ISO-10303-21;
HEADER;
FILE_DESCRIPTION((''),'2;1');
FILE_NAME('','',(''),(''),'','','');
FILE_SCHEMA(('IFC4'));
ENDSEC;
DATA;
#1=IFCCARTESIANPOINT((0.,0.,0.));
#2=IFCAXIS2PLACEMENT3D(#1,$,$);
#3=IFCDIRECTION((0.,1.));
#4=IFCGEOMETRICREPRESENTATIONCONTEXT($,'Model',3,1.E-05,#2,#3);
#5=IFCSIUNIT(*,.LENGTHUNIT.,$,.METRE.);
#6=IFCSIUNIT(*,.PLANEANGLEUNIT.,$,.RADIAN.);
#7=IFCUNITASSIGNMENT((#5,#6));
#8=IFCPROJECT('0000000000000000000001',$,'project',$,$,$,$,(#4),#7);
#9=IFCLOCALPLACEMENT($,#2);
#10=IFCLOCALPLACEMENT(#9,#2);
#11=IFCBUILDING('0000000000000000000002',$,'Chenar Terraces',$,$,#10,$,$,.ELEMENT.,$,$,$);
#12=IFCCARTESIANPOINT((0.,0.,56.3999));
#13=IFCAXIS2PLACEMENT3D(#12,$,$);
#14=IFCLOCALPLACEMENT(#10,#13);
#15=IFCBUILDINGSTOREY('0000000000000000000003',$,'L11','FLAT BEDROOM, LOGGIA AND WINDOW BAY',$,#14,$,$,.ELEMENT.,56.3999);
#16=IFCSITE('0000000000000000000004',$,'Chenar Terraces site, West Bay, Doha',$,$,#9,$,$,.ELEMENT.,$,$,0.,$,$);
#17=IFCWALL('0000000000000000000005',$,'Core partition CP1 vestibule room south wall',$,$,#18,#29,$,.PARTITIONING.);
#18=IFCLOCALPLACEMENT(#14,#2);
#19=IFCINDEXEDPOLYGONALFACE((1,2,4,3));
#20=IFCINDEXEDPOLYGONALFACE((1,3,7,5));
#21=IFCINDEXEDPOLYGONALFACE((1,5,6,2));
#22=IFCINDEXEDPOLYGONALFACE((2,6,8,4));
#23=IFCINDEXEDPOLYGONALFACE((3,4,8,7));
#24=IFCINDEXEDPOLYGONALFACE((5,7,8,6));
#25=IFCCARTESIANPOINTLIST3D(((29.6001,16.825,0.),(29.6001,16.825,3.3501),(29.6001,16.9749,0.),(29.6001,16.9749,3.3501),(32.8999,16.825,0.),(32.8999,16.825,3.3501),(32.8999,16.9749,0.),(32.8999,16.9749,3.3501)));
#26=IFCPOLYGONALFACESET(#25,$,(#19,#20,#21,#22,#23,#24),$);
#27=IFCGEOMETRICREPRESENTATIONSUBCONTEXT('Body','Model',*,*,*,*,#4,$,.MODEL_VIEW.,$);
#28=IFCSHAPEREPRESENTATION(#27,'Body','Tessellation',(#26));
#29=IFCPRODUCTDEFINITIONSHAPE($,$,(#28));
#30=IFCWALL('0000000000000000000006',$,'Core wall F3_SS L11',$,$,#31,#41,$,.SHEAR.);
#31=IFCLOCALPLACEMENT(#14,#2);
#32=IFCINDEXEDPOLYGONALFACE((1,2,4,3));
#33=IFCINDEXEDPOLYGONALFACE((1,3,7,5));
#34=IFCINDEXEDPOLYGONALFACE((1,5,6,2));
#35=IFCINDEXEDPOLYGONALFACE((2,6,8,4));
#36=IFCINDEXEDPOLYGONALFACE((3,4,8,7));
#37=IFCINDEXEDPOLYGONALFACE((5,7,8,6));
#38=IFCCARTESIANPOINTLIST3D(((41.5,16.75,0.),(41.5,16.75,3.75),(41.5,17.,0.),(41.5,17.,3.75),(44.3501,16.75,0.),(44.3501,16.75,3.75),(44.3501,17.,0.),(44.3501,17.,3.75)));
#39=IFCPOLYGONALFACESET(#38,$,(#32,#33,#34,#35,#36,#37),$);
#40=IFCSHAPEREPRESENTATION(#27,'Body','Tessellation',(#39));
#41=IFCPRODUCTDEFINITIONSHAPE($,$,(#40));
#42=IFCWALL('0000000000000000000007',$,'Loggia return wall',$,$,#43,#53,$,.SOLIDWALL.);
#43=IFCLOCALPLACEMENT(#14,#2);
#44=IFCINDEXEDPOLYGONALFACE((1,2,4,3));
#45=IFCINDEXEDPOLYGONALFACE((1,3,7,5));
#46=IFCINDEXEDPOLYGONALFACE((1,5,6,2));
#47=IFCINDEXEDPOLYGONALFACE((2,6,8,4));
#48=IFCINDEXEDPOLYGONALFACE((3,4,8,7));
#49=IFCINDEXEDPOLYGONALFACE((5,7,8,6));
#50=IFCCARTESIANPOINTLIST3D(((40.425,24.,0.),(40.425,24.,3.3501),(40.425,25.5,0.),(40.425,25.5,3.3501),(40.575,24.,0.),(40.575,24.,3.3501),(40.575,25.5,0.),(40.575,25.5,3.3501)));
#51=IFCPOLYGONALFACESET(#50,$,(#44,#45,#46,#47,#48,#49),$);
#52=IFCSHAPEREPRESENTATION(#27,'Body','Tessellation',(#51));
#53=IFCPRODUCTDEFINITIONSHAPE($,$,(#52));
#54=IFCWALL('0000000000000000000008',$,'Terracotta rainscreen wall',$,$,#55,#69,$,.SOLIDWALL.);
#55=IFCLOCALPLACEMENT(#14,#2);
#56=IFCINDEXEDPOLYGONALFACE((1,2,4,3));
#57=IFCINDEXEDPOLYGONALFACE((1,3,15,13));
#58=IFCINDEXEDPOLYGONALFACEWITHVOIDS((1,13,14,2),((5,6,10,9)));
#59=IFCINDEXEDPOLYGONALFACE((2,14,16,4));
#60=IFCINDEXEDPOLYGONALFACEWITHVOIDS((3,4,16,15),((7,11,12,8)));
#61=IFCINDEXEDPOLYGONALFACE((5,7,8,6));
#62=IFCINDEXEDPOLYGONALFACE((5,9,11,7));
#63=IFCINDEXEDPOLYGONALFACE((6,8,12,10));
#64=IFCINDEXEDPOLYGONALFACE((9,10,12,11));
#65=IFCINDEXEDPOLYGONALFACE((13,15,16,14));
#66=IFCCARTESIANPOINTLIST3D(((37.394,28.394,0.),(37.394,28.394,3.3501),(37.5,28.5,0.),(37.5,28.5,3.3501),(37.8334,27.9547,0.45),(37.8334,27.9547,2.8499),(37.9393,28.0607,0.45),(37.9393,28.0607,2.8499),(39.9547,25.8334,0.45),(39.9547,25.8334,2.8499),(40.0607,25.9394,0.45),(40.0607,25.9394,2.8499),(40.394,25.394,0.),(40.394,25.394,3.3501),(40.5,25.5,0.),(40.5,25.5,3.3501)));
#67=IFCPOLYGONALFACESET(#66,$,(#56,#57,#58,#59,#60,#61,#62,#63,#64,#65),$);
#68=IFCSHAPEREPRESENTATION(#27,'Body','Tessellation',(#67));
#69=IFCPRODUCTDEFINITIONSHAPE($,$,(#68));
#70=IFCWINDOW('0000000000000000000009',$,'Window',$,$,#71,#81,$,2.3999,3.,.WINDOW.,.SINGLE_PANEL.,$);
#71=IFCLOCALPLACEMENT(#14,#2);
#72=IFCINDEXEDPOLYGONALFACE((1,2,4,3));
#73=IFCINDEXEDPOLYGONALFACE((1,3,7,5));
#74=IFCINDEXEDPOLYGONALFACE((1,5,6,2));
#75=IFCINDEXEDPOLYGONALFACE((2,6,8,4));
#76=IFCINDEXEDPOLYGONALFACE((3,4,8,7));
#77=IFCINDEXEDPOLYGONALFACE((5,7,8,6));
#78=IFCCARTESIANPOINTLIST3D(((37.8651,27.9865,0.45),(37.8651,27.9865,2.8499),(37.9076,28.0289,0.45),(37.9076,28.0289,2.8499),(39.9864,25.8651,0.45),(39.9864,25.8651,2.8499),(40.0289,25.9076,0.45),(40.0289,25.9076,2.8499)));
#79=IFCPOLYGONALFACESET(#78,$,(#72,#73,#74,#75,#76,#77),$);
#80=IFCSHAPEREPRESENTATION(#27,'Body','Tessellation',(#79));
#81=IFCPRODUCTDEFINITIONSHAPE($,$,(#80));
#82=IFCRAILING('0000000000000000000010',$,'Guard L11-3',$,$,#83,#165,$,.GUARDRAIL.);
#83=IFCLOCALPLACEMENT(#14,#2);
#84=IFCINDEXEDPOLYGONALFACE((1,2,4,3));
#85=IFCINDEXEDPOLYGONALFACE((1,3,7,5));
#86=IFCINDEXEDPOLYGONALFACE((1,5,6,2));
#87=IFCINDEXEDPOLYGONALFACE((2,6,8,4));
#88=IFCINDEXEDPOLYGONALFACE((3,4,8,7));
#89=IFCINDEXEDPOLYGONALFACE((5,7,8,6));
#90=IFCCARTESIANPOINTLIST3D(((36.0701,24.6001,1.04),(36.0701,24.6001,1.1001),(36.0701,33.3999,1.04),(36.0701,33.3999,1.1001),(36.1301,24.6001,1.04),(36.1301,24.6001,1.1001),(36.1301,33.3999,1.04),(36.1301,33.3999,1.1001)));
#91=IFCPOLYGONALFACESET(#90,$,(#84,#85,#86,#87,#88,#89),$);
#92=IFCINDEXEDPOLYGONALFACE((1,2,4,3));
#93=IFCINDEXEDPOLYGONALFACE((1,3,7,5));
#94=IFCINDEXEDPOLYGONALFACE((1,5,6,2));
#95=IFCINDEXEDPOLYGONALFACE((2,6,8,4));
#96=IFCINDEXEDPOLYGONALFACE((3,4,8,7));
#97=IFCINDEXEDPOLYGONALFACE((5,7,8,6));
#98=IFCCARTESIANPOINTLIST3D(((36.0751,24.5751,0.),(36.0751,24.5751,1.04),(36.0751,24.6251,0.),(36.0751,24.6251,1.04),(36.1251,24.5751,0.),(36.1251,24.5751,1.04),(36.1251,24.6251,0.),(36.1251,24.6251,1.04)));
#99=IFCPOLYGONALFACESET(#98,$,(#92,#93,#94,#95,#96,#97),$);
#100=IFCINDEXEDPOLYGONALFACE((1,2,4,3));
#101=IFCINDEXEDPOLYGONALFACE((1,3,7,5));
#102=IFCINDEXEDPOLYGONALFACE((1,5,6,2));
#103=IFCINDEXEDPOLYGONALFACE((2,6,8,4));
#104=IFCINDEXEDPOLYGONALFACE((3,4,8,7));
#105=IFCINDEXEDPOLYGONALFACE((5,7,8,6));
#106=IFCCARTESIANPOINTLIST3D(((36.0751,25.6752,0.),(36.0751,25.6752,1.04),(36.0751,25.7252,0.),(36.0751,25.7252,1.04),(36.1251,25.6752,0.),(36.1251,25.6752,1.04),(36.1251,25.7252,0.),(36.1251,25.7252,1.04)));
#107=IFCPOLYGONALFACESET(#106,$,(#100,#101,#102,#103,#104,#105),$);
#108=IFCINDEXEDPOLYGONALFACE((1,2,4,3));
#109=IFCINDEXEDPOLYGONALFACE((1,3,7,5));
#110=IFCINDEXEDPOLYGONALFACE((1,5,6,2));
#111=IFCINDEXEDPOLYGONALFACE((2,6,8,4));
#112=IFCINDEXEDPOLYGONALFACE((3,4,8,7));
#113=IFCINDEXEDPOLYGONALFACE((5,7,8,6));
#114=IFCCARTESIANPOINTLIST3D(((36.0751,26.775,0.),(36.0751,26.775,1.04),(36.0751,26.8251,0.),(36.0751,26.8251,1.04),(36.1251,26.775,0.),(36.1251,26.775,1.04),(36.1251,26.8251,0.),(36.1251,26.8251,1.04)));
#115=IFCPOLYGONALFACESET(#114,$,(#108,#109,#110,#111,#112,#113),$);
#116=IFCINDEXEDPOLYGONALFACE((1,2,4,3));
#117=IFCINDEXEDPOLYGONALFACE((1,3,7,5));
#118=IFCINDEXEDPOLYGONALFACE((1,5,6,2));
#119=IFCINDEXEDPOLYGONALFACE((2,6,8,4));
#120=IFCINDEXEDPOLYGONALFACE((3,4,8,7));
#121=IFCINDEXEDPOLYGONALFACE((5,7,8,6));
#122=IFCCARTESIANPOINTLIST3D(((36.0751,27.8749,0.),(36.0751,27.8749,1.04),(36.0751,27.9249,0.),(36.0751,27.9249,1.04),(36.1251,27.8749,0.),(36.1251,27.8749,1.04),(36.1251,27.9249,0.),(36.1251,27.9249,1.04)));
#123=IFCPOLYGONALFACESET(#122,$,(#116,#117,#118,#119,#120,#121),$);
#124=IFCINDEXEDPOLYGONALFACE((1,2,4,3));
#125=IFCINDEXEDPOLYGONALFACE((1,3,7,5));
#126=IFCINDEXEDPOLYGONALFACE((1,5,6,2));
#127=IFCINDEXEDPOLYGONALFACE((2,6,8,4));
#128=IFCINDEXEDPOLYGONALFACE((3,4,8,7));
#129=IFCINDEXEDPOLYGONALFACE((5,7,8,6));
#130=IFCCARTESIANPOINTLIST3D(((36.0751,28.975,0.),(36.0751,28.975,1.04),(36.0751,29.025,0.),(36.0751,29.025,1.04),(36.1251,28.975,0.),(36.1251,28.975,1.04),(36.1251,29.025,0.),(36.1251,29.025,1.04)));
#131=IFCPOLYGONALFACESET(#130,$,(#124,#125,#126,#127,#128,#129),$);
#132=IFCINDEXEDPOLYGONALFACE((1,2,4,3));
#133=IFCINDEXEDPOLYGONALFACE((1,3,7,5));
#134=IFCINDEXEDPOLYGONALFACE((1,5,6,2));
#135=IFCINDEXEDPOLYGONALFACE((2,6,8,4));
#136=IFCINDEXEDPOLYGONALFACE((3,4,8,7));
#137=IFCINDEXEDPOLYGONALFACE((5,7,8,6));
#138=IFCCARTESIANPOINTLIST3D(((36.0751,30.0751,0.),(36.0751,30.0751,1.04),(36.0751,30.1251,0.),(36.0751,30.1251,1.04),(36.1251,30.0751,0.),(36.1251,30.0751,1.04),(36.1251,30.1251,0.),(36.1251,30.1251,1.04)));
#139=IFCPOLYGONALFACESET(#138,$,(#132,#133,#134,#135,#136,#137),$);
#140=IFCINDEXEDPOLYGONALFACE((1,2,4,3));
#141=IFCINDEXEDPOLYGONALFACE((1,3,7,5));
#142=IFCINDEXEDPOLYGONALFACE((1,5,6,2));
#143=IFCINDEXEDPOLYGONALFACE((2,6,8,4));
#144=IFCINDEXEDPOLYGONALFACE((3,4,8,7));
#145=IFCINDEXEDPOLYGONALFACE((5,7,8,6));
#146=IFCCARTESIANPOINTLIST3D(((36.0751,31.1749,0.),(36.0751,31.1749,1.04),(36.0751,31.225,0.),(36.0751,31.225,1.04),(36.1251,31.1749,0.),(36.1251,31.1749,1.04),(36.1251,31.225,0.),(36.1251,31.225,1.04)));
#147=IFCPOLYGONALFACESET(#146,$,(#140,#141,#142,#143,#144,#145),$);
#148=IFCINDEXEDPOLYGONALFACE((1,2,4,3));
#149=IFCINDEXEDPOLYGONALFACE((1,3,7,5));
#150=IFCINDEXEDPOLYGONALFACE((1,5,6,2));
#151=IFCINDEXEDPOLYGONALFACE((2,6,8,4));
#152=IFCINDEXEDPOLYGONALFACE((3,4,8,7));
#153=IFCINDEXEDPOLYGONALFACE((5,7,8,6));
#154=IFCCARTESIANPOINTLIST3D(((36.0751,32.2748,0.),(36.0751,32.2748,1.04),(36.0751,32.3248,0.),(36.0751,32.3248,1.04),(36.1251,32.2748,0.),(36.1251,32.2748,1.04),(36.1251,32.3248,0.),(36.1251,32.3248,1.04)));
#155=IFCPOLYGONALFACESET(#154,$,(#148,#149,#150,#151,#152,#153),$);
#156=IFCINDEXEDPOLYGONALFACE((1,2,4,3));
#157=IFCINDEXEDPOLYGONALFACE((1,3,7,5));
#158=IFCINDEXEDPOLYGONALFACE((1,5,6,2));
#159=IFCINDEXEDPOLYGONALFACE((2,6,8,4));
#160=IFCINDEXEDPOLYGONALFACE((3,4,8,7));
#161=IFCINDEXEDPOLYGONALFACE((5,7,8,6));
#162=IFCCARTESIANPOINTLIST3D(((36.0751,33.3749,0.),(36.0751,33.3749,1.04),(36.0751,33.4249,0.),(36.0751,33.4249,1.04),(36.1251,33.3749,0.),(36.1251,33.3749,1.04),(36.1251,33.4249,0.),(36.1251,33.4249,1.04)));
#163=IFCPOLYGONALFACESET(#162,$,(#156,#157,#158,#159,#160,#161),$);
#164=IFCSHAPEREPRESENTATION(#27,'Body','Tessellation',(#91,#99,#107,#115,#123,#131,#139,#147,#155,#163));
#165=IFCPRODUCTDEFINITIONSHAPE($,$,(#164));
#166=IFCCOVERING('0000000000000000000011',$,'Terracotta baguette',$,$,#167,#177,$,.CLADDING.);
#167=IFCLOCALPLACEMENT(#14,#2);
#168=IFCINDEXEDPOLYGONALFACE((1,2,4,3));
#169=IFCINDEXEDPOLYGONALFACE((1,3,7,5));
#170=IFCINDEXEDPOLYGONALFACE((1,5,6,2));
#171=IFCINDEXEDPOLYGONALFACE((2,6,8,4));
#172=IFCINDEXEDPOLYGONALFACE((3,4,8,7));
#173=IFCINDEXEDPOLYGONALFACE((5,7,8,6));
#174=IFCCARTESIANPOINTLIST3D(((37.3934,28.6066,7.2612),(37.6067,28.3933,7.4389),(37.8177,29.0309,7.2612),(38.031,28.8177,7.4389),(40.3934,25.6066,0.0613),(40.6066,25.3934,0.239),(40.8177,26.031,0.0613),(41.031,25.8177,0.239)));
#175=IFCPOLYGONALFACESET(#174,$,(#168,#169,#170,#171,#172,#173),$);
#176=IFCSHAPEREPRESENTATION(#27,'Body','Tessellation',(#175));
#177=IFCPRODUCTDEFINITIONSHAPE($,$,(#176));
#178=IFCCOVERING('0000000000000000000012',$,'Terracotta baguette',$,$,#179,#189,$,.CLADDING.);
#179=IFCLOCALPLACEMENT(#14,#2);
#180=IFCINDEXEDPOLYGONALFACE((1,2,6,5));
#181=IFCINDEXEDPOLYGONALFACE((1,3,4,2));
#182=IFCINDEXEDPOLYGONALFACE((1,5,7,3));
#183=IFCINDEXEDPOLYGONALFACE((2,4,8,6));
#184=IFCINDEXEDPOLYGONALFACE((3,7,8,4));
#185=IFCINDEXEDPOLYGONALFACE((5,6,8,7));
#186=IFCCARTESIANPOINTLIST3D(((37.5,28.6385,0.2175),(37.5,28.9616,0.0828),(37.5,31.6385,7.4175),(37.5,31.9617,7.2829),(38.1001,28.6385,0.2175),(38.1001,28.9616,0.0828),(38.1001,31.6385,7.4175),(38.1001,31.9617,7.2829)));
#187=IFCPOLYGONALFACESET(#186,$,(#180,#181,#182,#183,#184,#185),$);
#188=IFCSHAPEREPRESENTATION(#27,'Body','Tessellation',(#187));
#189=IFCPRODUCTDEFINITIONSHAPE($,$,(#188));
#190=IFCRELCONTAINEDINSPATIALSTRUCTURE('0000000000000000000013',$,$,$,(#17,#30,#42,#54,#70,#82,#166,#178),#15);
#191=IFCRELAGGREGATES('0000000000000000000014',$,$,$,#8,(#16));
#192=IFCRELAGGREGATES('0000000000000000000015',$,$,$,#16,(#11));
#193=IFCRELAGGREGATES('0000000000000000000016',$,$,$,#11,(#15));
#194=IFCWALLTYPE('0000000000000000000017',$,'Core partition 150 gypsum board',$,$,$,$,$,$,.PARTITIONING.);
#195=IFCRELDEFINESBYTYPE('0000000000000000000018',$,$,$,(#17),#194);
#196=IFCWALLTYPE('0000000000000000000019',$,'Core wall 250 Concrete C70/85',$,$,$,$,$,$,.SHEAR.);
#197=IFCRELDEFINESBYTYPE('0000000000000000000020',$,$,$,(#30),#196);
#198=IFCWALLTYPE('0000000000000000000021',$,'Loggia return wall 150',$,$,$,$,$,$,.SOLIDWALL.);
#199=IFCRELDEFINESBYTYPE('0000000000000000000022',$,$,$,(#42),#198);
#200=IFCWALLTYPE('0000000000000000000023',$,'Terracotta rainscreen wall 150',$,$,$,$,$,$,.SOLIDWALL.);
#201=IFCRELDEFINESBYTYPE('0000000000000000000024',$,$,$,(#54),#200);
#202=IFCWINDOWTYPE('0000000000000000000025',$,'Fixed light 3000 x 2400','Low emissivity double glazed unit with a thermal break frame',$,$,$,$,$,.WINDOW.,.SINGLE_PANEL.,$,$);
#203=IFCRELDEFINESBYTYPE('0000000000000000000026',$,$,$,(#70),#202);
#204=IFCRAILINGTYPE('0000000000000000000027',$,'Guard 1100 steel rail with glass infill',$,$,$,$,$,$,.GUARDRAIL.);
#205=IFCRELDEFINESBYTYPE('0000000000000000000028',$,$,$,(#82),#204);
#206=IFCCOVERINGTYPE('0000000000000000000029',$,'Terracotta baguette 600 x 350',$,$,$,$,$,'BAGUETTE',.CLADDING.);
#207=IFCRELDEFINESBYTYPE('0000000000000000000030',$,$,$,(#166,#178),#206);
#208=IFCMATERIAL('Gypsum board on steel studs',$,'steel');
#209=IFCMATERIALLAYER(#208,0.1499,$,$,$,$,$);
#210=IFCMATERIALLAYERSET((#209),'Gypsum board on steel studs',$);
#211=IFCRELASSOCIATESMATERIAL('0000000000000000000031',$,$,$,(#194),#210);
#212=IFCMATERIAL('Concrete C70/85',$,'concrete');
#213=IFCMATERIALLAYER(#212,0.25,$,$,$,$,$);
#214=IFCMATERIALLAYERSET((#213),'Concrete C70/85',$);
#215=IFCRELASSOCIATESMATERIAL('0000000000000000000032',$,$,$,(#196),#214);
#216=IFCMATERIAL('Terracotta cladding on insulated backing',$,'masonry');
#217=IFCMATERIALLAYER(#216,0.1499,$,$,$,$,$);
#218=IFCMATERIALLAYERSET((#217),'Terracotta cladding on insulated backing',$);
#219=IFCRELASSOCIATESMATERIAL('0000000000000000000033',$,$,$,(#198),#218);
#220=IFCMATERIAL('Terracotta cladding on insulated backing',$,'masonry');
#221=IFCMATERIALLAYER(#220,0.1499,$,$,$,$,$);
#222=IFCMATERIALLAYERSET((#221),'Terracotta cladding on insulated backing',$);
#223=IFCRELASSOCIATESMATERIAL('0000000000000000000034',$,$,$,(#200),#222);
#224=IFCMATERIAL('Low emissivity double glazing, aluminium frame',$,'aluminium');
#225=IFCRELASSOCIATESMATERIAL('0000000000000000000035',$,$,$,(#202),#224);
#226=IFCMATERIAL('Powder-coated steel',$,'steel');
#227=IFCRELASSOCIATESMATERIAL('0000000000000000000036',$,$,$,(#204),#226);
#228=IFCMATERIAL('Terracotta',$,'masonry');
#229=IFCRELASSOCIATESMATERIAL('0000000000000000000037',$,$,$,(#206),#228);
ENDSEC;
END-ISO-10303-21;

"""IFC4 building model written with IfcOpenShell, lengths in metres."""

from ifc_helpers import new_model, si_unit, direction, frame, frame_2d, origin, origin_2d, place, context, subcontext, project, spatial, rectangle, extrude, material, layer, layer_set, material_profile, profile_set, type_object, element, fill, save


model = new_model("IFC4")

# Units and contexts
model_context = context("Model", 3, precision=1e-05, world=origin(), true_north=direction((0.0, 1.0)))
body_context = subcontext(model_context, "Body", "Model", "MODEL_VIEW")
ifc_project = project(units=[si_unit("LENGTHUNIT", "METRE"), si_unit("PLANEANGLEUNIT", "RADIAN")], contexts=[model_context])

# Site, building, storey
site_placement = place(None, origin())
site = spatial("IfcSite", under=ifc_project, at=site_placement, Name="Chenar Terraces site, West Bay, Doha", CompositionType="ELEMENT", RefElevation=0.0)
building_placement = place(site_placement, origin())
building = spatial("IfcBuilding", under=site, at=building_placement, Name="Chenar Terraces", CompositionType="ELEMENT")
storey_placement = place(building_placement, frame((0.0, 0.0, 56.3999)))
storey = spatial("IfcBuildingStorey", under=building, at=storey_placement, Name="L11", Description="FLAT BEDROOM, LOGGIA AND WINDOW BAY", CompositionType="ELEMENT", Elevation=56.3999)

# Shared definitions
ifc_material_1 = material(Name="Gypsum board on steel studs", Category="steel")
ifc_layer_1 = layer(ifc_material_1, 0.1499)
ifc_layer_set_1 = layer_set([ifc_layer_1], Name="Gypsum board on steel studs")
wall_type_1 = type_object("IfcWallType", Name="Core partition 150 gypsum board", PredefinedType="PARTITIONING", material=ifc_layer_set_1)

# Walls
wall_1_placement = place(storey_placement, frame((29.6001, 16.8999, 0.0), z_axis=(0.0, 0.0, 1.0), x_axis=(1.0, 0.0, 0.0)))
element("IfcWall", 1, at=wall_1_placement, inside=storey, type_object=wall_type_1, Name="Core partition CP1 vestibule room south wall", PredefinedType="PARTITIONING", context=body_context, shape_type="SweptSolid", body=[
    extrude(rectangle(XDim=3.2998, YDim=0.1499, at=frame_2d((1.6499, 0.0))), origin(), (0.0, 0.0, 1.0), 3.3501),
])
ifc_material_2 = material(Name="Concrete C70/85", Category="concrete")
ifc_layer_2 = layer(ifc_material_2, 0.25)
ifc_layer_set_2 = layer_set([ifc_layer_2], Name="Concrete C70/85")
wall_type_2 = type_object("IfcWallType", Name="Core wall 250 Concrete C70/85", PredefinedType="SHEAR", material=ifc_layer_set_2)
wall_2_placement = place(storey_placement, frame((41.5, 16.875, 0.0), z_axis=(0.0, 0.0, 1.0), x_axis=(1.0, 0.0, 0.0)))
element("IfcWall", 2, at=wall_2_placement, inside=storey, type_object=wall_type_2, Name="Core wall F3_SS L11", PredefinedType="SHEAR", context=body_context, shape_type="SweptSolid", body=[
    extrude(rectangle(XDim=2.8501, YDim=0.25, at=frame_2d((1.425, 0.0))), origin(), (0.0, 0.0, 1.0), 3.75),
])
ifc_material_3 = material(Name="Terracotta cladding on insulated backing", Category="masonry")
ifc_layer_3 = layer(ifc_material_3, 0.1499)
ifc_layer_set_3 = layer_set([ifc_layer_3], Name="Terracotta cladding on insulated backing")
wall_type_3 = type_object("IfcWallType", Name="Loggia return wall 150", PredefinedType="SOLIDWALL", material=ifc_layer_set_3)
wall_3_placement = place(storey_placement, frame((40.5, 25.5, 0.0), z_axis=(0.0, 0.0, 1.0), x_axis=(0.0, -1.0, 0.0)))
element("IfcWall", 3, at=wall_3_placement, inside=storey, type_object=wall_type_3, Name="Loggia return wall", PredefinedType="SOLIDWALL", context=body_context, shape_type="SweptSolid", body=[
    extrude(rectangle(XDim=1.5, YDim=0.1499, at=frame_2d((0.75, 0.0))), origin(), (0.0, 0.0, 1.0), 3.3501),
])

# Wall, opening, window
ifc_material_4 = material(Name="Terracotta cladding on insulated backing", Category="masonry")
ifc_layer_4 = layer(ifc_material_4, 0.1499)
ifc_layer_set_4 = layer_set([ifc_layer_4], Name="Terracotta cladding on insulated backing")
wall_type_4 = type_object("IfcWallType", Name="Terracotta rainscreen wall 150", PredefinedType="SOLIDWALL", material=ifc_layer_set_4)
wall_4_placement = place(storey_placement, frame((40.447, 25.447, 0.0), z_axis=(0.0, 0.0, 1.0), x_axis=(-0.707107, 0.707107, 0.0)))
wall_4 = element("IfcWall", 4, at=wall_4_placement, inside=storey, type_object=wall_type_4, Name="Terracotta rainscreen wall", PredefinedType="SOLIDWALL", context=body_context, shape_type="SweptSolid", body=[
    extrude(rectangle(XDim=4.2427, YDim=0.1499, at=frame_2d((2.1213, 0.0))), origin(), (0.0, 0.0, 1.0), 3.3501),
])
opening_1_placement = place(wall_4_placement, frame((0.6213, 0.0, 0.45)))
opening_1 = element("IfcOpeningElement", 5, at=opening_1_placement, cuts=wall_4, PredefinedType="OPENING", context=body_context, shape_type="SweptSolid", body=[
    extrude(rectangle(XDim=3.0, YDim=2.3999, at=frame_2d((1.5, 1.2))), frame((0.0, 0.085, 0.0), z_axis=(0.0, -1.0, 0.0), x_axis=(1.0, 0.0, 0.0)), (0.0, 0.0, 1.0), 0.1699),
])
ifc_material_5 = material(Name="Low emissivity double glazing, aluminium frame", Category="aluminium")
window_type = type_object("IfcWindowType", Name="Fixed light 3000 x 2400", Description="Low emissivity double glazed unit with a thermal break frame", PartitioningType="SINGLE_PANEL", PredefinedType="WINDOW", material=ifc_material_5)
window_placement = place(opening_1_placement, origin())
window = element("IfcWindow", 6, at=window_placement, inside=storey, type_object=window_type, Name="Window", OverallHeight=2.3999, OverallWidth=3.0, PartitioningType="SINGLE_PANEL", PredefinedType="WINDOW", context=body_context, shape_type="SweptSolid", body=[
    extrude(rectangle(XDim=3.0, YDim=2.3999, at=frame_2d((1.5, 1.2))), frame((0.0, 0.03, 0.0), z_axis=(0.0, -1.0, 0.0), x_axis=(1.0, 0.0, 0.0)), (0.0, 0.0, 1.0), 0.0601),
])
fill(opening_1, window)

# Railing
ifc_material_6 = material(Name="Powder-coated steel", Category="steel")
railing_type = type_object("IfcRailingType", Name="Guard 1100 steel rail with glass infill", PredefinedType="GUARDRAIL", material=ifc_material_6)
railing_placement = place(storey_placement, frame((36.1001, 24.6001, 0.0)))
element("IfcRailing", 7, at=railing_placement, inside=storey, type_object=railing_type, Name="Guard L11-3", PredefinedType="GUARDRAIL", context=body_context, shape_type="SweptSolid", body=[
    extrude(rectangle(XDim=0.0601, YDim=0.0601, at=origin_2d()), frame((0.0, 0.0, 1.0701), z_axis=(0.0, 1.0, 0.0), x_axis=(-1.0, 0.0, 0.0)), (0.0, 0.0, 1.0), 8.7998),
    extrude(rectangle(XDim=0.05, YDim=0.05, at=origin_2d()), origin(), (0.0, 0.0, 1.0), 1.04),
    extrude(rectangle(XDim=0.05, YDim=0.05, at=origin_2d()), frame((0.0, 1.1001, 0.0)), (0.0, 0.0, 1.0), 1.04),
    extrude(rectangle(XDim=0.05, YDim=0.05, at=origin_2d()), frame((0.0, 2.2, 0.0)), (0.0, 0.0, 1.0), 1.04),
    extrude(rectangle(XDim=0.05, YDim=0.05, at=origin_2d()), frame((0.0, 3.2998, 0.0)), (0.0, 0.0, 1.0), 1.04),
    extrude(rectangle(XDim=0.05, YDim=0.05, at=origin_2d()), frame((0.0, 4.3999, 0.0)), (0.0, 0.0, 1.0), 1.04),
    extrude(rectangle(XDim=0.05, YDim=0.05, at=origin_2d()), frame((0.0, 5.5, 0.0)), (0.0, 0.0, 1.0), 1.04),
    extrude(rectangle(XDim=0.05, YDim=0.05, at=origin_2d()), frame((0.0, 6.5999, 0.0)), (0.0, 0.0, 1.0), 1.04),
    extrude(rectangle(XDim=0.05, YDim=0.05, at=origin_2d()), frame((0.0, 7.6997, 0.0)), (0.0, 0.0, 1.0), 1.04),
    extrude(rectangle(XDim=0.05, YDim=0.05, at=origin_2d()), frame((0.0, 8.7998, 0.0)), (0.0, 0.0, 1.0), 1.04),
])

# Coverings
ifc_material_7 = material(Name="Terracotta", Category="masonry")
ifc_material_profile_1 = material_profile(ifc_material_7, rectangle(XDim=0.6001, YDim=0.3501, at=origin_2d()), Name="Terracotta baguette 600 x 350")
ifc_profile_set_1 = profile_set([ifc_material_profile_1], Name="Terracotta")
covering_type = type_object("IfcCoveringType", Name="Terracotta baguette 600 x 350", ElementType="BAGUETTE", PredefinedType="CLADDING", material=ifc_profile_set_1)
covering_1_placement = place(storey_placement, frame((40.7122, 25.7122, 0.1501), z_axis=(-0.358981, 0.358981, 0.861548), x_axis=(-0.707107, -0.707107, 0.0)))
element("IfcCovering", 8, at=covering_1_placement, inside=storey, type_object=covering_type, Name="Terracotta baguette", PredefinedType="CLADDING", context=body_context, shape_type="SweptSolid", body=[
    extrude(rectangle(XDim=0.6001, YDim=0.3501, at=origin_2d()), origin(), (0.0, 0.0, 1.0), 8.3569),
])
covering_2_placement = place(storey_placement, frame((37.8, 28.8, 0.1501), z_axis=(0.0, 0.384618, 0.923076), x_axis=(-1.0, 0.0, 0.0)))
element("IfcCovering", 9, at=covering_2_placement, inside=storey, type_object=covering_type, Name="Terracotta baguette", PredefinedType="CLADDING", context=body_context, shape_type="SweptSolid", body=[
    extrude(rectangle(XDim=0.6001, YDim=0.3501, at=origin_2d()), origin(), (0.0, 0.0, 1.0), 7.8),
])

save(model, "model.ifc")
